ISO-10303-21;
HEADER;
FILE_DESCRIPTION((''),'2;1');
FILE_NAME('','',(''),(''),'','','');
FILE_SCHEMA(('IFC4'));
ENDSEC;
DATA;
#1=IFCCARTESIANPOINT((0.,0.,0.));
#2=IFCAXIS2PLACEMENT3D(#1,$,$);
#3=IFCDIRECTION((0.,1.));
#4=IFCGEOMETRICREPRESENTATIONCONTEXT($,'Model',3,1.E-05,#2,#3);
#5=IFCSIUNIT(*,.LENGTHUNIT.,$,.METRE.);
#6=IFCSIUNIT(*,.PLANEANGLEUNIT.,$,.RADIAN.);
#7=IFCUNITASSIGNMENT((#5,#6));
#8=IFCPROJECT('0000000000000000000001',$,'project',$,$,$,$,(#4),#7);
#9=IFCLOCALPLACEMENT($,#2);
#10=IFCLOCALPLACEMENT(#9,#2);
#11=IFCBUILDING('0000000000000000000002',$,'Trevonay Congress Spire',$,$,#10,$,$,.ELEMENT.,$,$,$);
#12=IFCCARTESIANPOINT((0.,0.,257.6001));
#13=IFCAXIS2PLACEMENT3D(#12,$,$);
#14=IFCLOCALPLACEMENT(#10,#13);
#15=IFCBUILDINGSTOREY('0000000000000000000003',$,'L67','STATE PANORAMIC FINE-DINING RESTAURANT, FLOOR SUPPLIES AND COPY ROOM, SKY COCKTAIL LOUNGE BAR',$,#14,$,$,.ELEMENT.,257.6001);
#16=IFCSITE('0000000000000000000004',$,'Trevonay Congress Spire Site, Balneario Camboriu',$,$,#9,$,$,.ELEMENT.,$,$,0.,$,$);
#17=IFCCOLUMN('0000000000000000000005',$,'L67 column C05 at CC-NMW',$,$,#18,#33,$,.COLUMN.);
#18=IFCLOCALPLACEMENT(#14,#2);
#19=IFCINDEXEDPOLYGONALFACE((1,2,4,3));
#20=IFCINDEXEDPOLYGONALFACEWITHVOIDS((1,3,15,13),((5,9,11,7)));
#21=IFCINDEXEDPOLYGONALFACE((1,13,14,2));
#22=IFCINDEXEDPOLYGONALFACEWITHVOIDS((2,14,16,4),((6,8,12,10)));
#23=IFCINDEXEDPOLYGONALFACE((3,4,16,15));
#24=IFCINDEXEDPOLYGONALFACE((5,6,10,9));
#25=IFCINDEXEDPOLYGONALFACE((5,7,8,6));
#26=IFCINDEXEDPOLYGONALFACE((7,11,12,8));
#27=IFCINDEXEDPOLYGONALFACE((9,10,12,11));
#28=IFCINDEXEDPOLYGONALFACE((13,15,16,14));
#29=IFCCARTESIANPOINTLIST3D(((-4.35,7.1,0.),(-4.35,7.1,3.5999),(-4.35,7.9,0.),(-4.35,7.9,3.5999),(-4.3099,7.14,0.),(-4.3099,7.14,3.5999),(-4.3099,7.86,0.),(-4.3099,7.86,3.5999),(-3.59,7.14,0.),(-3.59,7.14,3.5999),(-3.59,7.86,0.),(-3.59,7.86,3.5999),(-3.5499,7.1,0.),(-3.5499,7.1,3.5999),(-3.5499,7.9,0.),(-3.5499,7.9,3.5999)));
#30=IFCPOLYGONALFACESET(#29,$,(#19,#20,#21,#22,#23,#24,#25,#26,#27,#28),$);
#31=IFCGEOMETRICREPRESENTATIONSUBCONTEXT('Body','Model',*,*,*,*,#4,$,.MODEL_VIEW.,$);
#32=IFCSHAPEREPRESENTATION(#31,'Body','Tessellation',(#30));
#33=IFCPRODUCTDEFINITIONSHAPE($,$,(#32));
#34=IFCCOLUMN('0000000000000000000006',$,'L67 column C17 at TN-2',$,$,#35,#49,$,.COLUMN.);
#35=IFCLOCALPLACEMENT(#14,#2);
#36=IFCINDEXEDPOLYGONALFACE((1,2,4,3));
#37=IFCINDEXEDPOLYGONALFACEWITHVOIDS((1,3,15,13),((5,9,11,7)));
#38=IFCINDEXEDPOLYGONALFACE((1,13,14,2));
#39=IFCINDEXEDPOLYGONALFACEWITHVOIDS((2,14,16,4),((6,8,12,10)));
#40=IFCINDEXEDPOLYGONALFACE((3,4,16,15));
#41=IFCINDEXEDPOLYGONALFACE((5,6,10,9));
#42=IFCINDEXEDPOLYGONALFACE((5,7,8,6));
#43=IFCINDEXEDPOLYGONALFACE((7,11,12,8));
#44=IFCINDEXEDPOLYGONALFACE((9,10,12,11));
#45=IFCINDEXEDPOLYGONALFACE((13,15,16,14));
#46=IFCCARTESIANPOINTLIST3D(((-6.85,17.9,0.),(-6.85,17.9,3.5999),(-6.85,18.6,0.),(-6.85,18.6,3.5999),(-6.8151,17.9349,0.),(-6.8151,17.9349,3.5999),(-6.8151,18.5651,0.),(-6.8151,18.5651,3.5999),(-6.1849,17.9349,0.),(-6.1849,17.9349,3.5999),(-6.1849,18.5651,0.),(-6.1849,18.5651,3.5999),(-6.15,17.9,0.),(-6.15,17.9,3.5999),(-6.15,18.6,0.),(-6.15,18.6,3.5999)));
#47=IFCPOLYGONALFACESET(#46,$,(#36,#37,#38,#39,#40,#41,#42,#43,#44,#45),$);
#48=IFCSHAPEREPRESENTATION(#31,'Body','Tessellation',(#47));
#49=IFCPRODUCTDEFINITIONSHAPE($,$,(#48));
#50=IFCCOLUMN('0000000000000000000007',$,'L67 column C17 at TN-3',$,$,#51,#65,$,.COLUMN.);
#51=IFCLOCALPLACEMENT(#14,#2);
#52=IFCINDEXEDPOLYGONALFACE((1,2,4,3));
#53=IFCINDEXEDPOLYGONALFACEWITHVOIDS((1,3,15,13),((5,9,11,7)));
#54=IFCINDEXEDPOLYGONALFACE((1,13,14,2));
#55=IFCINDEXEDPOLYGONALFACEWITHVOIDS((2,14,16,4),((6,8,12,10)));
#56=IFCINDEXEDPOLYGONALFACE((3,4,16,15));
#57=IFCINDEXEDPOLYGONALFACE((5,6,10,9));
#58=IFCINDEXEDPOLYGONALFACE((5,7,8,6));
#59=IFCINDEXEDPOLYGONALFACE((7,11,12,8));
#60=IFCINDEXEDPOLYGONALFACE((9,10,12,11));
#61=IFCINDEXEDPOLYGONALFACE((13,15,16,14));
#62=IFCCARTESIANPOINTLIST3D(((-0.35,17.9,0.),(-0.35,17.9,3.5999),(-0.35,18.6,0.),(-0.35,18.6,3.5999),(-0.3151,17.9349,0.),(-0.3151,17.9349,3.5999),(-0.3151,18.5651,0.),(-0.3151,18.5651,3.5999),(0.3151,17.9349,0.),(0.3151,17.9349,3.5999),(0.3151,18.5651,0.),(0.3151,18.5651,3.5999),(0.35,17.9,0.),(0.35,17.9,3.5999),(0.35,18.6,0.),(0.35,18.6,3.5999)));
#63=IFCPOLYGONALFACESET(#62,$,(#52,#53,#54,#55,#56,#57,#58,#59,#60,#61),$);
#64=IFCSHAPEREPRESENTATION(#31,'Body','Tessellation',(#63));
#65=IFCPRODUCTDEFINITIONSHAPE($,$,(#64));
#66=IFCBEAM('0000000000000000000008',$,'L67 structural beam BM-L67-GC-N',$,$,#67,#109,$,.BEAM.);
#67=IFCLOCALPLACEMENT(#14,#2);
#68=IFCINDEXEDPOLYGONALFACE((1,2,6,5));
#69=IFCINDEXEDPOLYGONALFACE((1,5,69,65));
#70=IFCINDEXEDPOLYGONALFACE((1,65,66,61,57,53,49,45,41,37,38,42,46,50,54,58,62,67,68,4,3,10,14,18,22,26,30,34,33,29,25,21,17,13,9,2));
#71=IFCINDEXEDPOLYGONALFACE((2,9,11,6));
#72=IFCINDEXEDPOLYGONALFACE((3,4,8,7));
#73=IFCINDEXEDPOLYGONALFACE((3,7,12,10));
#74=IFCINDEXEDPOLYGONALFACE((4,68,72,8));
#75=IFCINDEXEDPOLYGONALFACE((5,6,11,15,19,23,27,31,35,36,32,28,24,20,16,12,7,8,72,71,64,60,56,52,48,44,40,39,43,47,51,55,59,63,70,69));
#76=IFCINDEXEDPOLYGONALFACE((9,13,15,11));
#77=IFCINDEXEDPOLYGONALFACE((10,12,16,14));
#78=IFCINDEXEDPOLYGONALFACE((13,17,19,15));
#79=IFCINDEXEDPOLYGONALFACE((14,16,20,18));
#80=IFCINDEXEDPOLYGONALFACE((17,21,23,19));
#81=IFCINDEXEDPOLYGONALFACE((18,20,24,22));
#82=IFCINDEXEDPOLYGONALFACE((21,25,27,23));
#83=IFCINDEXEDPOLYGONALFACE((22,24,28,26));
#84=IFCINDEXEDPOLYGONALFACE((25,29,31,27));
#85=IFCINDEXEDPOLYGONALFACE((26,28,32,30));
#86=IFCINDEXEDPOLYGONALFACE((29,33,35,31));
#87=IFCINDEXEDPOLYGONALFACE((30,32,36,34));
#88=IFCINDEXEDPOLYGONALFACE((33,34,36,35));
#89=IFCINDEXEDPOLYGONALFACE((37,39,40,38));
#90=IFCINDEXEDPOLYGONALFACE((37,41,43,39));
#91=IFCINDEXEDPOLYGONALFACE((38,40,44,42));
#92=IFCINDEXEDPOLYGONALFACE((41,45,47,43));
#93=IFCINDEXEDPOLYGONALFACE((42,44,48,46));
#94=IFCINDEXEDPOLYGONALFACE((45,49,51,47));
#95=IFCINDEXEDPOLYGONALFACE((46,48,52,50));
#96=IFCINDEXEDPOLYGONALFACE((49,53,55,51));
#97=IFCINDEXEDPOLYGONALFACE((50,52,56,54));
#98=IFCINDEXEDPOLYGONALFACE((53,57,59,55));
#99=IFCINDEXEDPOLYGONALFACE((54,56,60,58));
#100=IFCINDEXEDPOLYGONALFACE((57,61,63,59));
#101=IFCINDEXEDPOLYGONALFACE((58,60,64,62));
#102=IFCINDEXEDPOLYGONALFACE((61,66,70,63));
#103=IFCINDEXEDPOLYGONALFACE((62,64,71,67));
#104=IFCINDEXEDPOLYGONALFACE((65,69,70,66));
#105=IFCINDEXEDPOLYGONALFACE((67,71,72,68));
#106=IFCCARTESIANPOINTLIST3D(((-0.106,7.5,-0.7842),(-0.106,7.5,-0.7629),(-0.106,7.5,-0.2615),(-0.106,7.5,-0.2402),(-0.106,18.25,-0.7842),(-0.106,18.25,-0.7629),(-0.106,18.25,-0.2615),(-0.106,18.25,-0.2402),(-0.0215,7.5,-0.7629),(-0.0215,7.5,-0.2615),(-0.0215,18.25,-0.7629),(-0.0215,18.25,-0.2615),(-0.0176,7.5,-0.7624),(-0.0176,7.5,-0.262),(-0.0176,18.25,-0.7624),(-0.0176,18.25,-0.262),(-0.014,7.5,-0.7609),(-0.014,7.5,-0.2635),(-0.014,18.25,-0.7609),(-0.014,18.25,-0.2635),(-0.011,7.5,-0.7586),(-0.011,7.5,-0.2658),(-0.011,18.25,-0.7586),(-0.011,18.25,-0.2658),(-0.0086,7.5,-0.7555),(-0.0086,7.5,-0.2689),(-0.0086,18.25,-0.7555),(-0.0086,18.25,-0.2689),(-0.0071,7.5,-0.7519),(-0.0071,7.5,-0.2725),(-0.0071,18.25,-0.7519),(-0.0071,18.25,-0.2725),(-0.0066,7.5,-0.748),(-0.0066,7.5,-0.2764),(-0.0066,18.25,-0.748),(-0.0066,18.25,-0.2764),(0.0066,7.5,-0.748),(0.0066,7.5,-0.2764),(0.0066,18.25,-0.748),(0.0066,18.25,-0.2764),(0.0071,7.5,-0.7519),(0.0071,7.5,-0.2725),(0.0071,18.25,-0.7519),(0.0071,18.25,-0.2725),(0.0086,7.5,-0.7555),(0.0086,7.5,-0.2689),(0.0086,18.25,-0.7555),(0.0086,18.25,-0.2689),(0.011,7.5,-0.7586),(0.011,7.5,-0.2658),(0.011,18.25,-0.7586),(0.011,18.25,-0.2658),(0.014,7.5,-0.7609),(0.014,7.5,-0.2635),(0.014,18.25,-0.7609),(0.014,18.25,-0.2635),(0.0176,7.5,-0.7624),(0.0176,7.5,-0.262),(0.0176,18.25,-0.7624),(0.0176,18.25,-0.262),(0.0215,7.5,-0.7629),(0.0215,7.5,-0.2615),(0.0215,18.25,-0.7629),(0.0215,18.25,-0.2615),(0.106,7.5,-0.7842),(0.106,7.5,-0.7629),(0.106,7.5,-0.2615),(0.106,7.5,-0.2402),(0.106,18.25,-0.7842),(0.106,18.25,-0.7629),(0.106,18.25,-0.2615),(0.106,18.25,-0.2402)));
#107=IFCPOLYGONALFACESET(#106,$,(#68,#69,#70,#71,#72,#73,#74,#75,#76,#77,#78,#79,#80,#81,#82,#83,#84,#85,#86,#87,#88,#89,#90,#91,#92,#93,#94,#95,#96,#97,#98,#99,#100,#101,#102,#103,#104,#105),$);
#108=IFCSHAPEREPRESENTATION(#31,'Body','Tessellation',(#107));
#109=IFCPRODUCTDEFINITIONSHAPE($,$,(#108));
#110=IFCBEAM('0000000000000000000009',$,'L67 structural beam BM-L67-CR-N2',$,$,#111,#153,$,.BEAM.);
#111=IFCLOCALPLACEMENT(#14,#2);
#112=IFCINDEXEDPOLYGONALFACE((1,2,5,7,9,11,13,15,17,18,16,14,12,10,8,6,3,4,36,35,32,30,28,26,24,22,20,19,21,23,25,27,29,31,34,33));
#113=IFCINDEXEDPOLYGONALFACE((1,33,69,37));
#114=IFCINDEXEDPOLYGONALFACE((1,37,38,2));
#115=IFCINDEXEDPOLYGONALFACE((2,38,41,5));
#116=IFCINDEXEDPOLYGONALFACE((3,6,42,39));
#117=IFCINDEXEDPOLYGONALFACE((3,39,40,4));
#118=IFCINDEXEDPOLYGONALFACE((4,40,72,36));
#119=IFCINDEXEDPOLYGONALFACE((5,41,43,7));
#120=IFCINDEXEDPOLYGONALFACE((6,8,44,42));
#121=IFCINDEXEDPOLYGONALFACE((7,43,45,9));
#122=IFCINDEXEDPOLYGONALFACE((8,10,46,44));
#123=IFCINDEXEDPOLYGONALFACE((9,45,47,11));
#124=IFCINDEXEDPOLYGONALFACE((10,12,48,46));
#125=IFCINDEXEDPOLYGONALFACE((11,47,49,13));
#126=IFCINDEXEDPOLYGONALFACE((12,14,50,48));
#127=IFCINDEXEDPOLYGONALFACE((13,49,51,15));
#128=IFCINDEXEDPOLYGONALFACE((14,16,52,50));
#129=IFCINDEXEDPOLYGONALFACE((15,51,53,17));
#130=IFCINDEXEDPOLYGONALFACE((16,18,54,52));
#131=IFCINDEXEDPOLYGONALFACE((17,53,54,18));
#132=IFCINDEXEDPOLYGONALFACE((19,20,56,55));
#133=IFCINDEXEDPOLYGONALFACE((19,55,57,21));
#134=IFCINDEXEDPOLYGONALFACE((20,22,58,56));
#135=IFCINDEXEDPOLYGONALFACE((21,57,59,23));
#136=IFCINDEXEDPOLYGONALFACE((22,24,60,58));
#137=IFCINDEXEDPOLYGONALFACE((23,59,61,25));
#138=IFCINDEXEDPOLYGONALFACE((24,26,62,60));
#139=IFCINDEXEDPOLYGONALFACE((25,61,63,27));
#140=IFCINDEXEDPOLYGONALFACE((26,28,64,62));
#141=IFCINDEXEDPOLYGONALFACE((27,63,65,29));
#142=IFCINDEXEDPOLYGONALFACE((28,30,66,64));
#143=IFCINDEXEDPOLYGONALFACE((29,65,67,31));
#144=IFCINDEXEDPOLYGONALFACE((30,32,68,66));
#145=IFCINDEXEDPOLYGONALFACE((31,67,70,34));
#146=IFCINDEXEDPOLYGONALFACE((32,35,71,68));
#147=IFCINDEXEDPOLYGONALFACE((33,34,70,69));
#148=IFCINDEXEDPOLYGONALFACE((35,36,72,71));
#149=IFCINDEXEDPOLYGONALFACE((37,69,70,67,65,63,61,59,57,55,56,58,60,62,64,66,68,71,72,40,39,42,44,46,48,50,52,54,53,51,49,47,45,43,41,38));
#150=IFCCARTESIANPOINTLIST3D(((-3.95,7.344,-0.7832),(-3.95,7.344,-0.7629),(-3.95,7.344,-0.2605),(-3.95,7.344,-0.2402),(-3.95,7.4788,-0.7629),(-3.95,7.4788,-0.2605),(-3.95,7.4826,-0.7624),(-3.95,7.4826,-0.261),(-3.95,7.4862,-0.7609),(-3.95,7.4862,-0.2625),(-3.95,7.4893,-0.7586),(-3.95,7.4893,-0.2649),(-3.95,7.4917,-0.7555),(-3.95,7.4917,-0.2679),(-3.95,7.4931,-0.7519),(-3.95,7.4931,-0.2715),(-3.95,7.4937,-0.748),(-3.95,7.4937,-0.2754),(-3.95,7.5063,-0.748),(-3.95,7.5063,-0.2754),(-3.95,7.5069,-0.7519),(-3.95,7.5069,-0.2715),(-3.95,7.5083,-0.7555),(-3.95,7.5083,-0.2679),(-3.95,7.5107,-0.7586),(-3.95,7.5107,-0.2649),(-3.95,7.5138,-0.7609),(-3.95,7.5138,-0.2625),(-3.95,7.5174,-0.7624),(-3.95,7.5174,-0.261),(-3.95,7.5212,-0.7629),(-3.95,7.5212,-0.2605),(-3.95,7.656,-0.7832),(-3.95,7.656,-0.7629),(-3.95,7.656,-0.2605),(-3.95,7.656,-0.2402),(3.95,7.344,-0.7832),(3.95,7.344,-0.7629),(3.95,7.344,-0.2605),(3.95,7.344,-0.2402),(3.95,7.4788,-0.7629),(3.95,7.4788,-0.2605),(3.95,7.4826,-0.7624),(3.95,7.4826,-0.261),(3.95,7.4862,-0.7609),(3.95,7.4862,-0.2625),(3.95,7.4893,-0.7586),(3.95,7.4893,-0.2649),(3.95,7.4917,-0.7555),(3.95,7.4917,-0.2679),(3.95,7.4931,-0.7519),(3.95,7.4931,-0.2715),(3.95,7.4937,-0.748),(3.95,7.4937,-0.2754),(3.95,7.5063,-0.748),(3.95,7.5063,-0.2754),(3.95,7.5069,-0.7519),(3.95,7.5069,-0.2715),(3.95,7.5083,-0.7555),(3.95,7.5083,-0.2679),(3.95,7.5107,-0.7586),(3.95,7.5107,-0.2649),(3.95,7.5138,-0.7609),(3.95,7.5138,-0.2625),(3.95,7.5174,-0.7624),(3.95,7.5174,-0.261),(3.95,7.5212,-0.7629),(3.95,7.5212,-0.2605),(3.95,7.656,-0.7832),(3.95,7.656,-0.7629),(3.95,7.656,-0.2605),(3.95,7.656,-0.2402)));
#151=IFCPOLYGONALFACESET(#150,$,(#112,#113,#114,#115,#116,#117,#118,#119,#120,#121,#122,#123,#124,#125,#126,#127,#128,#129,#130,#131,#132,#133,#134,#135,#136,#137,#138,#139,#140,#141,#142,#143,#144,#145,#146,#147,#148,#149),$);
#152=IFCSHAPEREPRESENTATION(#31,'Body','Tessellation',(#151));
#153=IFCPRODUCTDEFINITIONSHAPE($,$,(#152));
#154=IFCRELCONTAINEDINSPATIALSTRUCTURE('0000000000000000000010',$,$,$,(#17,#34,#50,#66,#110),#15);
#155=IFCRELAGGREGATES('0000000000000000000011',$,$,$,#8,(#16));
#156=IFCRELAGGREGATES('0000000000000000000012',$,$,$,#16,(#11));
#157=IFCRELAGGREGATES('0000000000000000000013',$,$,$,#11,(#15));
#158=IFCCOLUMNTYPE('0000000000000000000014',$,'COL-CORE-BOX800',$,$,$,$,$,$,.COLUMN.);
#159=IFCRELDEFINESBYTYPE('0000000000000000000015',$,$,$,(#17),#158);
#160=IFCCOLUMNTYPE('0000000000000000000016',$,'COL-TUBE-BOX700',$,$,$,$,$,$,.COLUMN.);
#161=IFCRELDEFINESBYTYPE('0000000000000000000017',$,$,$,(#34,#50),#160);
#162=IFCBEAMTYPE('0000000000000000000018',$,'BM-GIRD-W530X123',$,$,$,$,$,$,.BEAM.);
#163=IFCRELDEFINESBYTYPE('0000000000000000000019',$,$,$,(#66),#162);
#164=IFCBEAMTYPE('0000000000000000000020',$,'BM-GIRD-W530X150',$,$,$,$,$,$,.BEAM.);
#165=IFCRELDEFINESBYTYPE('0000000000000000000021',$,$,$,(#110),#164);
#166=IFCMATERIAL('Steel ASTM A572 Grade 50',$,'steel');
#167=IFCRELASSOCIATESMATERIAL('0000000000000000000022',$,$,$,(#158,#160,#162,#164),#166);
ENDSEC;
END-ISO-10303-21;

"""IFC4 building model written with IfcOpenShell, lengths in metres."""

from ifc_helpers import new_model, si_unit, direction, frame, origin, origin_2d, place, context, subcontext, project, spatial, hollow_rectangle, i_section, extrude, material, material_profile, profile_set, type_object, element, save


model = new_model("IFC4")

# Units and contexts
model_context = context("Model", 3, precision=1e-05, world=origin(), true_north=direction((0.0, 1.0)))
body_context = subcontext(model_context, "Body", "Model", "MODEL_VIEW")
ifc_project = project(units=[si_unit("LENGTHUNIT", "METRE"), si_unit("PLANEANGLEUNIT", "RADIAN")], contexts=[model_context])

# Site, building, storey
site_placement = place(None, origin())
site = spatial("IfcSite", under=ifc_project, at=site_placement, Name="Trevonay Congress Spire Site, Balneario Camboriu", CompositionType="ELEMENT", RefElevation=0.0)
building_placement = place(site_placement, origin())
building = spatial("IfcBuilding", under=site, at=building_placement, Name="Trevonay Congress Spire", CompositionType="ELEMENT")
storey_placement = place(building_placement, frame((0.0, 0.0, 257.6001)))
storey = spatial("IfcBuildingStorey", under=building, at=storey_placement, Name="L67", Description="STATE PANORAMIC FINE-DINING RESTAURANT, FLOOR SUPPLIES AND COPY ROOM, SKY COCKTAIL LOUNGE BAR", CompositionType="ELEMENT", Elevation=257.6001)

# Columns
ifc_material_1 = material(Name="Steel ASTM A572 Grade 50", Category="steel")
ifc_material_profile_1 = material_profile(ifc_material_1, hollow_rectangle(XDim=0.8, YDim=0.8, WallThickness=0.04, at=origin_2d()), Name="BOX 800x800x40")
ifc_profile_set_1 = profile_set([ifc_material_profile_1], Name="Steel ASTM A572 Grade 50")
column_type_1 = type_object("IfcColumnType", Name="COL-CORE-BOX800", PredefinedType="COLUMN", material=ifc_profile_set_1)
column_placement = place(storey_placement, frame((-3.95, 7.5, 0.0), z_axis=(0.0, 0.0, 1.0), x_axis=(1.0, 0.0, 0.0)))
element("IfcColumn", 1, at=column_placement, inside=storey, type_object=column_type_1, Name="L67 column C05 at CC-NMW", PredefinedType="COLUMN", context=body_context, shape_type="SweptSolid", body=[
    extrude(hollow_rectangle(XDim=0.8, YDim=0.8, WallThickness=0.04, at=origin_2d()), origin(), (0.0, 0.0, 1.0), 3.5999),
])
ifc_material_profile_2 = material_profile(ifc_material_1, hollow_rectangle(XDim=0.7, YDim=0.7, WallThickness=0.0349, at=origin_2d()), Name="BOX 700x700x35")
ifc_profile_set_2 = profile_set([ifc_material_profile_2], Name="Steel ASTM A572 Grade 50")
column_type_2 = type_object("IfcColumnType", Name="COL-TUBE-BOX700", PredefinedType="COLUMN", material=ifc_profile_set_2)
for number, where, z_axis, x_axis, name in (
    (2, (-6.5, 18.25, 0.0), (0.0, 0.0, 1.0), (1.0, 0.0, 0.0), "L67 column C17 at TN-2"),
    (3, (0.0, 18.25, 0.0), (0.0, 0.0, 1.0), (1.0, 0.0, 0.0), "L67 column C17 at TN-3"),
):
    element("IfcColumn", number, at=place(storey_placement, frame(where, z_axis=z_axis, x_axis=x_axis)), inside=storey, type_object=column_type_2, Name=name, PredefinedType="COLUMN", context=body_context, shape_type="SweptSolid", body=[
        extrude(hollow_rectangle(XDim=0.7, YDim=0.7, WallThickness=0.0349, at=origin_2d()), origin(), (0.0, 0.0, 1.0), 3.5999),
    ])

# Beams
ifc_material_profile_3 = material_profile(ifc_material_1, i_section(OverallWidth=0.2119, OverallDepth=0.5439, WebThickness=0.0132, FlangeThickness=0.0212, FilletRadius=0.0149, at=origin_2d()), Name="W530x123")
ifc_profile_set_3 = profile_set([ifc_material_profile_3], Name="Steel ASTM A572 Grade 50")
beam_type_1 = type_object("IfcBeamType", Name="BM-GIRD-W530X123", PredefinedType="BEAM", material=ifc_profile_set_3)
beam_1_placement = place(storey_placement, frame((0.0, 7.5, -0.5122), z_axis=(0.0, 1.0, 0.0), x_axis=(-1.0, 0.0, 0.0)))
element("IfcBeam", 4, at=beam_1_placement, inside=storey, type_object=beam_type_1, Name="L67 structural beam BM-L67-GC-N", PredefinedType="BEAM", context=body_context, shape_type="SweptSolid", body=[
    extrude(i_section(OverallWidth=0.2119, OverallDepth=0.5439, WebThickness=0.0132, FlangeThickness=0.0212, FilletRadius=0.0149, at=origin_2d()), origin(), (0.0, 0.0, 1.0), 10.75),
])
ifc_material_profile_4 = material_profile(ifc_material_1, i_section(OverallWidth=0.312, OverallDepth=0.543, WebThickness=0.0127, FlangeThickness=0.0203, FilletRadius=0.0149, at=origin_2d()), Name="W530x150")
ifc_profile_set_4 = profile_set([ifc_material_profile_4], Name="Steel ASTM A572 Grade 50")
beam_type_2 = type_object("IfcBeamType", Name="BM-GIRD-W530X150", PredefinedType="BEAM", material=ifc_profile_set_4)
beam_2_placement = place(storey_placement, frame((-3.95, 7.5, -0.5117), z_axis=(1.0, 0.0, 0.0), x_axis=(0.0, 1.0, 0.0)))
element("IfcBeam", 5, at=beam_2_placement, inside=storey, type_object=beam_type_2, Name="L67 structural beam BM-L67-CR-N2", PredefinedType="BEAM", context=body_context, shape_type="SweptSolid", body=[
    extrude(i_section(OverallWidth=0.312, OverallDepth=0.543, WebThickness=0.0127, FlangeThickness=0.0203, FilletRadius=0.0149, at=origin_2d()), origin(), (0.0, 0.0, 1.0), 7.8999),
])

save(model, "model.ifc")
